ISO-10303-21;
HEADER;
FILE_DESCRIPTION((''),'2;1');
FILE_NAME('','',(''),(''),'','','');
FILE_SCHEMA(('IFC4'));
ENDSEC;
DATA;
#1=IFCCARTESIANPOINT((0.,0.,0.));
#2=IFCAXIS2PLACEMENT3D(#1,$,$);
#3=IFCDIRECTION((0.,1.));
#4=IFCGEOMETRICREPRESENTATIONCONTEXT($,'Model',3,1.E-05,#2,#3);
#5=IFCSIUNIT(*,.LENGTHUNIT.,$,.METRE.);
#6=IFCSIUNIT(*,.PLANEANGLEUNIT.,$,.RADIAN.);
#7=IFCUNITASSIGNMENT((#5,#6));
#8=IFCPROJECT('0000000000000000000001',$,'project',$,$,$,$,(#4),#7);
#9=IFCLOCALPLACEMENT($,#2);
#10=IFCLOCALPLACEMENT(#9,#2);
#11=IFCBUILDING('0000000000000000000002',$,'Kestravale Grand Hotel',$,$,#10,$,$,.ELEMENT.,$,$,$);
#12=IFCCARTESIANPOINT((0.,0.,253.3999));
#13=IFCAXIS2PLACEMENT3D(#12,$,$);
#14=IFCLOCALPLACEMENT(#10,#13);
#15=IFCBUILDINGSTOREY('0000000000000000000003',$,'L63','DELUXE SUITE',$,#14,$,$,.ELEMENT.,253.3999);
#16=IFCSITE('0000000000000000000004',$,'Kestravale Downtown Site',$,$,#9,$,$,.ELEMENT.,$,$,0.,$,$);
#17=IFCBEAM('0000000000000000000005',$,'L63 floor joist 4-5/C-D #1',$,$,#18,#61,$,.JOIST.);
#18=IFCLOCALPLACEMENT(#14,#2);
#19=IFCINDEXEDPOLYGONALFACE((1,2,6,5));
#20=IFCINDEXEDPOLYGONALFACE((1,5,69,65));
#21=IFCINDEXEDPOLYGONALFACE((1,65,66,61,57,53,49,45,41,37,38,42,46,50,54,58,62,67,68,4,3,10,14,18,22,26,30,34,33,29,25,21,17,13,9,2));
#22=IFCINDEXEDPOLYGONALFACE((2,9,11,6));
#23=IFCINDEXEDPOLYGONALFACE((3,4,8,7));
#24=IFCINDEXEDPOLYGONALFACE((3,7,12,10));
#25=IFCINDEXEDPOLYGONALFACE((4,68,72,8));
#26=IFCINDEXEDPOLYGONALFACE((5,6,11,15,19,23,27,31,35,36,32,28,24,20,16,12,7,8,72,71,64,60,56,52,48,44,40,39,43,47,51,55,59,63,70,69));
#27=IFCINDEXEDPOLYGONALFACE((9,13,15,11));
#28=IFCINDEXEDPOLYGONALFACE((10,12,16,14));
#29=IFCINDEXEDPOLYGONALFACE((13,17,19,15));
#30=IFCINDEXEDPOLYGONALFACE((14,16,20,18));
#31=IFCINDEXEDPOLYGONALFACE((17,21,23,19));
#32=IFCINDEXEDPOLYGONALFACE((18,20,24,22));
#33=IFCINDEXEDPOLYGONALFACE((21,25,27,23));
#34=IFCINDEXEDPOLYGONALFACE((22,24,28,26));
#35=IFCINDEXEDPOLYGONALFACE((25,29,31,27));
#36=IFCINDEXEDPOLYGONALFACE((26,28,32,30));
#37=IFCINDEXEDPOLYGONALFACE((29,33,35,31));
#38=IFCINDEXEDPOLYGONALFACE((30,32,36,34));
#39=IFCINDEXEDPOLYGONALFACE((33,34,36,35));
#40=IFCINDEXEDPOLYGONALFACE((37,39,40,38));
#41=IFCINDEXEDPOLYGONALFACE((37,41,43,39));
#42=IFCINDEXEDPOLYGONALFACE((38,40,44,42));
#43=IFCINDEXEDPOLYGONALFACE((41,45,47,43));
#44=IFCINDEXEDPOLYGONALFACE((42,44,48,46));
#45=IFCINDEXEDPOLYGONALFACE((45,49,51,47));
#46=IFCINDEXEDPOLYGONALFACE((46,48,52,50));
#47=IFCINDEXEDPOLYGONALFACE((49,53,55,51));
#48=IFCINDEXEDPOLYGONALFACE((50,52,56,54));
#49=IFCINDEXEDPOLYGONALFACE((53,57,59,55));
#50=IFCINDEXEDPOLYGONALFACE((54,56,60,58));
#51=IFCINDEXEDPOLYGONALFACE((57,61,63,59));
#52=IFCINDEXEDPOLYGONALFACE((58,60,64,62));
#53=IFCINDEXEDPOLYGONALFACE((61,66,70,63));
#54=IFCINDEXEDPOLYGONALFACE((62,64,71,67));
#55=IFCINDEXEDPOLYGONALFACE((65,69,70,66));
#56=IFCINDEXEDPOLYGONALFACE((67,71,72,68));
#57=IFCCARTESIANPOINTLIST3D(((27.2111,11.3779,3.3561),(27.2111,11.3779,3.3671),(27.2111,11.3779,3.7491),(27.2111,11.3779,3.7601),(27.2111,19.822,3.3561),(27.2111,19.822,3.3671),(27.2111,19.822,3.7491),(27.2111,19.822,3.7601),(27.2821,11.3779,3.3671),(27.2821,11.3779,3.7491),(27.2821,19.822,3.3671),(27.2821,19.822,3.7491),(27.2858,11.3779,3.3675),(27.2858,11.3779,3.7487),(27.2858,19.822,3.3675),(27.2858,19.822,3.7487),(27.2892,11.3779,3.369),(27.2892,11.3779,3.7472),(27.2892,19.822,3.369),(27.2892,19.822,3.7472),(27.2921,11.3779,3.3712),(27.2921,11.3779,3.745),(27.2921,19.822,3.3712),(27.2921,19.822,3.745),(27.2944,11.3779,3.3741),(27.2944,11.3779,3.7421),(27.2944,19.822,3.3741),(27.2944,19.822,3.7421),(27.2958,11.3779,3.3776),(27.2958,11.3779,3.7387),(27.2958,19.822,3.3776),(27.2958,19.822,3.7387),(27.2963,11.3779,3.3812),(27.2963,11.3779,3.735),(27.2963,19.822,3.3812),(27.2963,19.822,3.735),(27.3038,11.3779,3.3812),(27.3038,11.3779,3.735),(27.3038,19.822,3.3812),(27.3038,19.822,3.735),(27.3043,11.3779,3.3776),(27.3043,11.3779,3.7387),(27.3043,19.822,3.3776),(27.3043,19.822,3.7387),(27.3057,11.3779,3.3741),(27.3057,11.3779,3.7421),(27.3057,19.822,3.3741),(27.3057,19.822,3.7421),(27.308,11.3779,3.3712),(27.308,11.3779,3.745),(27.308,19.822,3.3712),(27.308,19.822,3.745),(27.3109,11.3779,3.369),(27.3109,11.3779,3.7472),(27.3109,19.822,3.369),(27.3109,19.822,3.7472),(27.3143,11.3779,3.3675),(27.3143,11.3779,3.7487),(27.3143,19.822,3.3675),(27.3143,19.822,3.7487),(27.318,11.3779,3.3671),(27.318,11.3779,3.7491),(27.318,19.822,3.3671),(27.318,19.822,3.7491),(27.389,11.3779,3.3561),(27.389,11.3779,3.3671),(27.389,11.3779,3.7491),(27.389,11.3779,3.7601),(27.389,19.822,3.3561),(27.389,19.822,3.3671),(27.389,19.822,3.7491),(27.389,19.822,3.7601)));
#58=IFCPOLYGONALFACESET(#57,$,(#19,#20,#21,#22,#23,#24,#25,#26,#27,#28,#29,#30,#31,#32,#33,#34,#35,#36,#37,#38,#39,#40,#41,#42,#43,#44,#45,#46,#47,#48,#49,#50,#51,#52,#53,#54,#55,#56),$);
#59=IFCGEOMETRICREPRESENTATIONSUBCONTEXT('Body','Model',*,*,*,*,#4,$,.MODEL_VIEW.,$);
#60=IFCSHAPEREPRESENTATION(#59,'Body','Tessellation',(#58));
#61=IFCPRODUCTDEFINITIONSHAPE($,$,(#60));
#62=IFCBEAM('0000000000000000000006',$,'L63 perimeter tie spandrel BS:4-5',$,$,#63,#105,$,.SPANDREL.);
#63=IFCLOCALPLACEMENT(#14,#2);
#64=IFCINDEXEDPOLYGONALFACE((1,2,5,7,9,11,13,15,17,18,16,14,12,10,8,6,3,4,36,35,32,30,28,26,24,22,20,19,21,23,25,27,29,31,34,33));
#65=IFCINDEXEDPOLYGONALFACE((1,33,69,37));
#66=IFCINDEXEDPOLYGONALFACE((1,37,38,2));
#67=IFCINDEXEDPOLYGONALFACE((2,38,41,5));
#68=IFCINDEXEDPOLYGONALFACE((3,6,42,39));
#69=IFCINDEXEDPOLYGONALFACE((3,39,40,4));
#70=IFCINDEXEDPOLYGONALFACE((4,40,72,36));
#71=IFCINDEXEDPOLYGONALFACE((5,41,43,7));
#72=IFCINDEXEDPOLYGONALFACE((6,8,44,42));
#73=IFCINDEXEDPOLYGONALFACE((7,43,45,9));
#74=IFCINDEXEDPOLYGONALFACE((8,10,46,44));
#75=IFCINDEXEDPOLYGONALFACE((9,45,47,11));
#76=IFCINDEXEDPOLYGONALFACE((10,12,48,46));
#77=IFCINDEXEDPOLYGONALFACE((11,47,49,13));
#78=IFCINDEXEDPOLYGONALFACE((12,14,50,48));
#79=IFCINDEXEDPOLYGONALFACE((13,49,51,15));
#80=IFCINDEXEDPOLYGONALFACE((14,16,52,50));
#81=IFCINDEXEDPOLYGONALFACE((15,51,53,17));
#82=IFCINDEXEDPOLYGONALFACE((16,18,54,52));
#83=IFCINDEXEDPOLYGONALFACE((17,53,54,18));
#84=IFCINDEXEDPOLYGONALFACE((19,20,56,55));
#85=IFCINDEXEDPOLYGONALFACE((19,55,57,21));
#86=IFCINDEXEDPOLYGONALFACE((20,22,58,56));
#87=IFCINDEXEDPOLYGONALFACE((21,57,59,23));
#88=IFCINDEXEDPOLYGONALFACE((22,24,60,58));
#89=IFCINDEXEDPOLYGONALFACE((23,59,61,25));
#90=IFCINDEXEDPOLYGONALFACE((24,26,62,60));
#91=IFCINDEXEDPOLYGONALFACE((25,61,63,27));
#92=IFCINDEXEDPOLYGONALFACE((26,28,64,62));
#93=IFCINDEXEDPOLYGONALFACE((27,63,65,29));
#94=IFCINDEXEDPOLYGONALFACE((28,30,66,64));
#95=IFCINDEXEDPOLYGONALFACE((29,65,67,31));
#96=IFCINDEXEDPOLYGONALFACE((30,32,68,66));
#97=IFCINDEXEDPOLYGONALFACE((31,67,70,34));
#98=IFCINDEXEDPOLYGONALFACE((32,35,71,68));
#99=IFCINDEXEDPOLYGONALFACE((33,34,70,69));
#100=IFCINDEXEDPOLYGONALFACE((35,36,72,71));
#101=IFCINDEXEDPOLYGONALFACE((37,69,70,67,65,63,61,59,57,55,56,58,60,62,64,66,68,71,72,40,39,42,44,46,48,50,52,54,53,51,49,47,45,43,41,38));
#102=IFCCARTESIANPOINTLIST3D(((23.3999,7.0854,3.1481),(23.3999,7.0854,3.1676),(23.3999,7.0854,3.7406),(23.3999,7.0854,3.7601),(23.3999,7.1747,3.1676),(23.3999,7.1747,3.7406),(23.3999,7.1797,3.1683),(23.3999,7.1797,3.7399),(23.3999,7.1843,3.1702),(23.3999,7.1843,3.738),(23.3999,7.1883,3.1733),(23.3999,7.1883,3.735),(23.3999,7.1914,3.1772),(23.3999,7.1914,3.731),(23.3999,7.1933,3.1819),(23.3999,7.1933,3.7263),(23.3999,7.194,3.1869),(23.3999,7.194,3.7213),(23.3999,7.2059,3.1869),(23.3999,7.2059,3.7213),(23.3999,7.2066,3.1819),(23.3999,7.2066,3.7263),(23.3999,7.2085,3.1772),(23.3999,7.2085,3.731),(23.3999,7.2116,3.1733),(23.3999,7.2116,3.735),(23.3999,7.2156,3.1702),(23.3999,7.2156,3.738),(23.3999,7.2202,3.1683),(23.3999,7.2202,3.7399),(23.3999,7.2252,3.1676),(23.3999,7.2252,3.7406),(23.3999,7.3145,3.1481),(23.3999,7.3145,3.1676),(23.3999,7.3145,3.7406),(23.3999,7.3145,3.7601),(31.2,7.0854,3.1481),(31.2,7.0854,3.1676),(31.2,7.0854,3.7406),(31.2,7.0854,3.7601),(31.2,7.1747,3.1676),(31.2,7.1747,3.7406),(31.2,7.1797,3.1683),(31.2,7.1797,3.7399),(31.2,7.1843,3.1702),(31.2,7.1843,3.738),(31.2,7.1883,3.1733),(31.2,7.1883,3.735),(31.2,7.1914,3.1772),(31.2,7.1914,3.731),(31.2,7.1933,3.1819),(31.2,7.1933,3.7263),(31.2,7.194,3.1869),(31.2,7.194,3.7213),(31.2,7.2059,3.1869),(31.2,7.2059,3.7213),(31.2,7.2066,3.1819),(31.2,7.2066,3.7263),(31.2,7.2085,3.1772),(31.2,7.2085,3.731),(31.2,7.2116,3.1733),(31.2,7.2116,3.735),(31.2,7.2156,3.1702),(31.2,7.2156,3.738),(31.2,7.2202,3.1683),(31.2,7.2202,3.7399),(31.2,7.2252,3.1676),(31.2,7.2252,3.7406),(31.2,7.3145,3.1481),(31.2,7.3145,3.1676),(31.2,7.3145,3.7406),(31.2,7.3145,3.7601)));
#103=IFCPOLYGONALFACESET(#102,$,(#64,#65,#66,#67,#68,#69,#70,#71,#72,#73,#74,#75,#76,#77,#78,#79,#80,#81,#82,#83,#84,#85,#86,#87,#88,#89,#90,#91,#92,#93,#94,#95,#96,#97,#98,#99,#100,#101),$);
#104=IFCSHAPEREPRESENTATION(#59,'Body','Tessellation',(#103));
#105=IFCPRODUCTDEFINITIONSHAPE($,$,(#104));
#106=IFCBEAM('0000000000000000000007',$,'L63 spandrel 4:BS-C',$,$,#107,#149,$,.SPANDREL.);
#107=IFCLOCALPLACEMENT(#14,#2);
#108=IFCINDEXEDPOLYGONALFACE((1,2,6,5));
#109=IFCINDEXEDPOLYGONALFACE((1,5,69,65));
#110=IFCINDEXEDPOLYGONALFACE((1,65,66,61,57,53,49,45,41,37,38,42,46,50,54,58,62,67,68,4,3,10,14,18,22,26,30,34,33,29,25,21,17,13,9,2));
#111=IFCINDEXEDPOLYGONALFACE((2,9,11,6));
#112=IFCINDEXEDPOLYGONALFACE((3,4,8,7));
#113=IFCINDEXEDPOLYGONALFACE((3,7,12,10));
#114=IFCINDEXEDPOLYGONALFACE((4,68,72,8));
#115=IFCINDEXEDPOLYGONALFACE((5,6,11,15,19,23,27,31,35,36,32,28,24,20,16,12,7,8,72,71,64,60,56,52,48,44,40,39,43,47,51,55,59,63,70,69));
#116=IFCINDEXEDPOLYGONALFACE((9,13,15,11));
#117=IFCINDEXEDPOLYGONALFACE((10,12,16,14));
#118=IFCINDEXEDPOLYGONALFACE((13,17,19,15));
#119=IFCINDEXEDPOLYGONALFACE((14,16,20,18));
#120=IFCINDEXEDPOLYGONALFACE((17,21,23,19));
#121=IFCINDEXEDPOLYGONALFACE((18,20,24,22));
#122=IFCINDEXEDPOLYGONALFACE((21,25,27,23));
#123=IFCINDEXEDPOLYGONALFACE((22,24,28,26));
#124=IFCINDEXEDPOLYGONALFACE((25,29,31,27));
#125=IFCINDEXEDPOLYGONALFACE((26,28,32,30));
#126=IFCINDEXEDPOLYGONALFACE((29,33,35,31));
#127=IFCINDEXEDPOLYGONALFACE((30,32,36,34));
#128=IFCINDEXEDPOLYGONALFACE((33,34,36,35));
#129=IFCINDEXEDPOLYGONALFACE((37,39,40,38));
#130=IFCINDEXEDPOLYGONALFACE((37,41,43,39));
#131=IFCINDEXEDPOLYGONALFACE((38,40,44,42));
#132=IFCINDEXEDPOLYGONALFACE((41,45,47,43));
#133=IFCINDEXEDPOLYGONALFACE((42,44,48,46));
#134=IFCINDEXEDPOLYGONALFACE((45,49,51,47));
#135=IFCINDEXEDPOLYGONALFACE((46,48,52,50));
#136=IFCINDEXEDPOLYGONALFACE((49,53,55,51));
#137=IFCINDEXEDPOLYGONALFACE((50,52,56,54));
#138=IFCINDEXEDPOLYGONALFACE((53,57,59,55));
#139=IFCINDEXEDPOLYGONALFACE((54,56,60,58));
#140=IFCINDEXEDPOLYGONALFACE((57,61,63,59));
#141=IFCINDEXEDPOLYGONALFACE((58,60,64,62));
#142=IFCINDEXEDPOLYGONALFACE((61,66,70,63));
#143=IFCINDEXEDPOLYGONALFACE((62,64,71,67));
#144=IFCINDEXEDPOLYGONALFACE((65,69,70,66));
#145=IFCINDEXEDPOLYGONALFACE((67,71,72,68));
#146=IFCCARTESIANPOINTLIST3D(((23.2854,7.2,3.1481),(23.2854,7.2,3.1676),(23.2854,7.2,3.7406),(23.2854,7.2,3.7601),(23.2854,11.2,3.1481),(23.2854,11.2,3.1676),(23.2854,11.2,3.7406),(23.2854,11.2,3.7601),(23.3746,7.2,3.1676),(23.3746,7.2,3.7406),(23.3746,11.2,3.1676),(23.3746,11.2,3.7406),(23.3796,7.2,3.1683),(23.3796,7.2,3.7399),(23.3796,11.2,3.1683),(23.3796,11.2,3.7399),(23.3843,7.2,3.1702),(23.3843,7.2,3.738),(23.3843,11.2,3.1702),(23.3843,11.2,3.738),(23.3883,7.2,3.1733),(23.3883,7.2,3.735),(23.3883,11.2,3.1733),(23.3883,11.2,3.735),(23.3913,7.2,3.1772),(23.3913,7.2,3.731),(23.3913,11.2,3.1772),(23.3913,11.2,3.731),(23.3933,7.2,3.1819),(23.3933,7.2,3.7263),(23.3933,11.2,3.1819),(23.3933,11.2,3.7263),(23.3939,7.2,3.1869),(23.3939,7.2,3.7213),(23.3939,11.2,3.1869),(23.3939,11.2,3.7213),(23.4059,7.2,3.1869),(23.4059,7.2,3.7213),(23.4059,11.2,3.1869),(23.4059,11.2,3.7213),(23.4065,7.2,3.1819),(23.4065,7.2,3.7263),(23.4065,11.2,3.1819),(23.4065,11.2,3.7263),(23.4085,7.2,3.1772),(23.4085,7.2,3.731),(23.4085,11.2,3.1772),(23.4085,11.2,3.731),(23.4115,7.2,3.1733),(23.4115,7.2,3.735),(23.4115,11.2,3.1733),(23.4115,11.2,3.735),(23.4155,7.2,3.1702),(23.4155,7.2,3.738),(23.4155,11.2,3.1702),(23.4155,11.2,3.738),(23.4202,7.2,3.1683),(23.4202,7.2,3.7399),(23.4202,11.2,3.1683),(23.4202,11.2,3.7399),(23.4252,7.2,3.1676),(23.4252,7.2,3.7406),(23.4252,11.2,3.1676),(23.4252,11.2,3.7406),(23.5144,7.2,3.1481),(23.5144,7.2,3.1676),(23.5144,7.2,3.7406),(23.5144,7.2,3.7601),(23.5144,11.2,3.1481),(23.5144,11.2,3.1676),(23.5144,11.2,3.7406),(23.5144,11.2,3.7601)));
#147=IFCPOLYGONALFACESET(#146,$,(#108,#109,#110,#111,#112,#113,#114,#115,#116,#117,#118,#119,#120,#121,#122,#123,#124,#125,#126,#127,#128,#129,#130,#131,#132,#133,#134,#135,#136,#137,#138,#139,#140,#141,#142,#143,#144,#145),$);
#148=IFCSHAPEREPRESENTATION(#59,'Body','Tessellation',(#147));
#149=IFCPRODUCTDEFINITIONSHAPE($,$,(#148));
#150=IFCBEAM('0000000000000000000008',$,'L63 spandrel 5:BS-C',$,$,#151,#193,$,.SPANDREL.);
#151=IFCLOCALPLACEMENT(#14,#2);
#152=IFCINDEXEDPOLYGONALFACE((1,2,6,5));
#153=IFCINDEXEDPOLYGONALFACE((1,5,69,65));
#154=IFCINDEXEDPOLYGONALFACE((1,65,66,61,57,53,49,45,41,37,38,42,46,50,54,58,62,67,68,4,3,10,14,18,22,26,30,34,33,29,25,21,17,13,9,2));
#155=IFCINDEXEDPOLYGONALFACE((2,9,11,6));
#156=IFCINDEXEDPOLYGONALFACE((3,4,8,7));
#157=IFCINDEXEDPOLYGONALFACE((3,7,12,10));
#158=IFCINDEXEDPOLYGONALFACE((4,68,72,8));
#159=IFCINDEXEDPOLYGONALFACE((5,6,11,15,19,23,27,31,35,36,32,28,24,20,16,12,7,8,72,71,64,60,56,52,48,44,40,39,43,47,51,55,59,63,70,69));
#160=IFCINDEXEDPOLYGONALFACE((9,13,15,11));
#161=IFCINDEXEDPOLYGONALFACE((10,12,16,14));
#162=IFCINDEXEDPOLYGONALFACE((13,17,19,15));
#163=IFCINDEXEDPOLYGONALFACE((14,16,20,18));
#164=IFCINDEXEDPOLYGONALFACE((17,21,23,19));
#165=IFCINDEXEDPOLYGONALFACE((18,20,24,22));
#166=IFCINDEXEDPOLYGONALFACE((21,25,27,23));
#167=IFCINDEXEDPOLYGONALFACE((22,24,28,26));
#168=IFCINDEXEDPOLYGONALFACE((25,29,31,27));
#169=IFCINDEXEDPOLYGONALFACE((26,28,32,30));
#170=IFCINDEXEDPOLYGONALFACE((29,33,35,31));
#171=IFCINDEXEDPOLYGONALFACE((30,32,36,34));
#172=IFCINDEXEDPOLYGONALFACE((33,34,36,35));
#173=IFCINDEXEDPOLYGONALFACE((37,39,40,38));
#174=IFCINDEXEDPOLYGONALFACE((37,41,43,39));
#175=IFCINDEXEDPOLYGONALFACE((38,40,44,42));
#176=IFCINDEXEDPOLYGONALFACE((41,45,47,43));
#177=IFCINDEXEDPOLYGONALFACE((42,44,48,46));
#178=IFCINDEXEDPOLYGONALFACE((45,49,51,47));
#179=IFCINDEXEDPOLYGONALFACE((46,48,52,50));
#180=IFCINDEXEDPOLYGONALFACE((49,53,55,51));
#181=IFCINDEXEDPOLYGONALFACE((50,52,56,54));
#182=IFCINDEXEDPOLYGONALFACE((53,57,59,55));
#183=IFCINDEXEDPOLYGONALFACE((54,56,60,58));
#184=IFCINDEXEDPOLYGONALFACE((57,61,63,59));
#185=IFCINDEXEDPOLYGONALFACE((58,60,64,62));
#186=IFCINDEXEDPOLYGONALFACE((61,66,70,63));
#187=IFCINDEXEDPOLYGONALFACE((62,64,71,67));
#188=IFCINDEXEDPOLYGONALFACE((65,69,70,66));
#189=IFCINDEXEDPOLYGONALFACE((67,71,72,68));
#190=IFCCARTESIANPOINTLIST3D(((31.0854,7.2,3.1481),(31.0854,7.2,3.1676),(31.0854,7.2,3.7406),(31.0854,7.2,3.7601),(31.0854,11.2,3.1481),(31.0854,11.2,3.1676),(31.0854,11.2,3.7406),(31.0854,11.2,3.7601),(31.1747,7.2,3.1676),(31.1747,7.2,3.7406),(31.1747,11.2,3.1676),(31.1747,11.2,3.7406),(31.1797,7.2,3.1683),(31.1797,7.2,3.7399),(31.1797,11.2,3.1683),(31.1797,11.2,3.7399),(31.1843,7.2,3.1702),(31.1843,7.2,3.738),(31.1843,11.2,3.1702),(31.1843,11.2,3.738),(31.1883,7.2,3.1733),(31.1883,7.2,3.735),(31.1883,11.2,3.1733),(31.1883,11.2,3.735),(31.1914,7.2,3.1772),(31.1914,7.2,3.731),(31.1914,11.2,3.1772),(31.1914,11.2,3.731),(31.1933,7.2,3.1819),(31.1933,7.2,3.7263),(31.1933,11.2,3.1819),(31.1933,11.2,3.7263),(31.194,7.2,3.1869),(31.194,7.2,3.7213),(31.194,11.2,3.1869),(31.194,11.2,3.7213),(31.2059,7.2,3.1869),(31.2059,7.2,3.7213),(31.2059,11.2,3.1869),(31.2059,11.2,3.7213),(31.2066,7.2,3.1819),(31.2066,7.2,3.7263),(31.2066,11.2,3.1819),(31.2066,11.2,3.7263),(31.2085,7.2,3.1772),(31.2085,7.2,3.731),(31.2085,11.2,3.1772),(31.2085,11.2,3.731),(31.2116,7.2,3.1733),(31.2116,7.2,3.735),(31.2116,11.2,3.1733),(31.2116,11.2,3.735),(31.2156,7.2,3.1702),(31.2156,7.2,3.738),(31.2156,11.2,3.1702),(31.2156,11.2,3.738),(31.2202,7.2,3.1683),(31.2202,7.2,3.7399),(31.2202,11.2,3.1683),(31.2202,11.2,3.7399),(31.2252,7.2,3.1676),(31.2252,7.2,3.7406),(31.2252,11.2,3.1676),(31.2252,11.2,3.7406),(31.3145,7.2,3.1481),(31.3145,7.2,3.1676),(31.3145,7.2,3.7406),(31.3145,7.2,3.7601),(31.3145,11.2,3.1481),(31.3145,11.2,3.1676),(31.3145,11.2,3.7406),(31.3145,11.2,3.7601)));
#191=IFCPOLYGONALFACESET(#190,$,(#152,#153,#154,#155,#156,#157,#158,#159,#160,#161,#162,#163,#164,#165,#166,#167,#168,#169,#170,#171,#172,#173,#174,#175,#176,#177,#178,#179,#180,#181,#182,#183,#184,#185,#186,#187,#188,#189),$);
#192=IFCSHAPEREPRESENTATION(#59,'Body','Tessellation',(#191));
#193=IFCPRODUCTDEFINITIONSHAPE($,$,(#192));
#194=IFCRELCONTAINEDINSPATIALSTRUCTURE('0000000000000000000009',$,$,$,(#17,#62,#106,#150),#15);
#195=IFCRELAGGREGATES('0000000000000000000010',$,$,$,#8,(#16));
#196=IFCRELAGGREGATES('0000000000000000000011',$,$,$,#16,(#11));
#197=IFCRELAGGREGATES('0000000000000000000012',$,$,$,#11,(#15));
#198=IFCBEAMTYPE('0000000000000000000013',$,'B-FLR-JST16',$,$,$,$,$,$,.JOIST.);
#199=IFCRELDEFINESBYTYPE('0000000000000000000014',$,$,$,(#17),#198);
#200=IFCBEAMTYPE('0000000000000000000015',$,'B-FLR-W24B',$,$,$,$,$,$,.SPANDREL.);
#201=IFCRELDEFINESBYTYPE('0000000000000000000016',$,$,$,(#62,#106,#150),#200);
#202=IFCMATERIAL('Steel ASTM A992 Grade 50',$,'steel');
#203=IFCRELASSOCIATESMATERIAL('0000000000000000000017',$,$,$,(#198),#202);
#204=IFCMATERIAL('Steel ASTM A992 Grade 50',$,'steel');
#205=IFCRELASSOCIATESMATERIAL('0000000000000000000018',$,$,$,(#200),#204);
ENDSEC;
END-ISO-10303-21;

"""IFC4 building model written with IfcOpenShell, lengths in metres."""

from ifc_helpers import new_model, si_unit, direction, frame, origin, origin_2d, place, context, subcontext, project, spatial, i_section, extrude, material, material_profile, profile_set, type_object, element, save


model = new_model("IFC4")

# Units and contexts
model_context = context("Model", 3, precision=1e-05, world=origin(), true_north=direction((0.0, 1.0)))
body_context = subcontext(model_context, "Body", "Model", "MODEL_VIEW")
ifc_project = project(units=[si_unit("LENGTHUNIT", "METRE"), si_unit("PLANEANGLEUNIT", "RADIAN")], contexts=[model_context])

# Site, building, storey
site_placement = place(None, origin())
site = spatial("IfcSite", under=ifc_project, at=site_placement, Name="Kestravale Downtown Site", CompositionType="ELEMENT", RefElevation=0.0)
building_placement = place(site_placement, origin())
building = spatial("IfcBuilding", under=site, at=building_placement, Name="Kestravale Grand Hotel", CompositionType="ELEMENT")
storey_placement = place(building_placement, frame((0.0, 0.0, 253.3999)))
storey = spatial("IfcBuildingStorey", under=building, at=storey_placement, Name="L63", Description="DELUXE SUITE", CompositionType="ELEMENT", Elevation=253.3999)

# Beams
ifc_material_1 = material(Name="Steel ASTM A992 Grade 50", Category="steel")
ifc_material_profile_1 = material_profile(ifc_material_1, i_section(OverallWidth=0.178, OverallDepth=0.4041, WebThickness=0.0076, FlangeThickness=0.011, FilletRadius=0.0142, at=origin_2d()))
ifc_profile_set_1 = profile_set([ifc_material_profile_1], Name="Steel ASTM A992 Grade 50")
beam_type_1 = type_object("IfcBeamType", Name="B-FLR-JST16", PredefinedType="JOIST", material=ifc_profile_set_1)
beam_1_placement = place(storey_placement, frame((27.3, 11.3779, 3.5581), z_axis=(0.0, 1.0, 0.0), x_axis=(-1.0, 0.0, 0.0)))
element("IfcBeam", 1, at=beam_1_placement, inside=storey, type_object=beam_type_1, Name="L63 floor joist 4-5/C-D #1", PredefinedType="JOIST", context=body_context, shape_type="SweptSolid", body=[
    extrude(i_section(OverallWidth=0.178, OverallDepth=0.4041, WebThickness=0.0076, FlangeThickness=0.011, FilletRadius=0.0142, at=origin_2d()), origin(), (0.0, 0.0, 1.0), 8.4441),
])
ifc_material_2 = material(Name="Steel ASTM A992 Grade 50", Category="steel")
ifc_material_profile_2 = material_profile(ifc_material_2, i_section(OverallWidth=0.229, OverallDepth=0.6121, WebThickness=0.012, FlangeThickness=0.0195, FilletRadius=0.0193, at=origin_2d()))
ifc_profile_set_2 = profile_set([ifc_material_profile_2], Name="Steel ASTM A992 Grade 50")
beam_type_2 = type_object("IfcBeamType", Name="B-FLR-W24B", PredefinedType="SPANDREL", material=ifc_profile_set_2)
beam_2_placement = place(storey_placement, frame((23.3999, 7.2, 3.4541), z_axis=(1.0, 0.0, 0.0), x_axis=(0.0, 1.0, 0.0)))
element("IfcBeam", 2, at=beam_2_placement, inside=storey, type_object=beam_type_2, Name="L63 perimeter tie spandrel BS:4-5", PredefinedType="SPANDREL", context=body_context, shape_type="SweptSolid", body=[
    extrude(i_section(OverallWidth=0.229, OverallDepth=0.6121, WebThickness=0.012, FlangeThickness=0.0195, FilletRadius=0.0193, at=origin_2d()), origin(), (0.0, 0.0, 1.0), 7.8),
])
for number, where, z_axis, x_axis, name in (
    (3, (23.3999, 7.2, 3.4541), (0.0, 1.0, 0.0), (-1.0, 0.0, 0.0), "L63 spandrel 4:BS-C"),
    (4, (31.2, 7.2, 3.4541), (0.0, 1.0, 0.0), (-1.0, 0.0, 0.0), "L63 spandrel 5:BS-C"),
):
    element("IfcBeam", number, at=place(storey_placement, frame(where, z_axis=z_axis, x_axis=x_axis)), inside=storey, type_object=beam_type_2, Name=name, PredefinedType="SPANDREL", context=body_context, shape_type="SweptSolid", body=[
        extrude(i_section(OverallWidth=0.229, OverallDepth=0.6121, WebThickness=0.012, FlangeThickness=0.0195, FilletRadius=0.0193, at=origin_2d()), origin(), (0.0, 0.0, 1.0), 4.0),
    ])

save(model, "model.ifc")
